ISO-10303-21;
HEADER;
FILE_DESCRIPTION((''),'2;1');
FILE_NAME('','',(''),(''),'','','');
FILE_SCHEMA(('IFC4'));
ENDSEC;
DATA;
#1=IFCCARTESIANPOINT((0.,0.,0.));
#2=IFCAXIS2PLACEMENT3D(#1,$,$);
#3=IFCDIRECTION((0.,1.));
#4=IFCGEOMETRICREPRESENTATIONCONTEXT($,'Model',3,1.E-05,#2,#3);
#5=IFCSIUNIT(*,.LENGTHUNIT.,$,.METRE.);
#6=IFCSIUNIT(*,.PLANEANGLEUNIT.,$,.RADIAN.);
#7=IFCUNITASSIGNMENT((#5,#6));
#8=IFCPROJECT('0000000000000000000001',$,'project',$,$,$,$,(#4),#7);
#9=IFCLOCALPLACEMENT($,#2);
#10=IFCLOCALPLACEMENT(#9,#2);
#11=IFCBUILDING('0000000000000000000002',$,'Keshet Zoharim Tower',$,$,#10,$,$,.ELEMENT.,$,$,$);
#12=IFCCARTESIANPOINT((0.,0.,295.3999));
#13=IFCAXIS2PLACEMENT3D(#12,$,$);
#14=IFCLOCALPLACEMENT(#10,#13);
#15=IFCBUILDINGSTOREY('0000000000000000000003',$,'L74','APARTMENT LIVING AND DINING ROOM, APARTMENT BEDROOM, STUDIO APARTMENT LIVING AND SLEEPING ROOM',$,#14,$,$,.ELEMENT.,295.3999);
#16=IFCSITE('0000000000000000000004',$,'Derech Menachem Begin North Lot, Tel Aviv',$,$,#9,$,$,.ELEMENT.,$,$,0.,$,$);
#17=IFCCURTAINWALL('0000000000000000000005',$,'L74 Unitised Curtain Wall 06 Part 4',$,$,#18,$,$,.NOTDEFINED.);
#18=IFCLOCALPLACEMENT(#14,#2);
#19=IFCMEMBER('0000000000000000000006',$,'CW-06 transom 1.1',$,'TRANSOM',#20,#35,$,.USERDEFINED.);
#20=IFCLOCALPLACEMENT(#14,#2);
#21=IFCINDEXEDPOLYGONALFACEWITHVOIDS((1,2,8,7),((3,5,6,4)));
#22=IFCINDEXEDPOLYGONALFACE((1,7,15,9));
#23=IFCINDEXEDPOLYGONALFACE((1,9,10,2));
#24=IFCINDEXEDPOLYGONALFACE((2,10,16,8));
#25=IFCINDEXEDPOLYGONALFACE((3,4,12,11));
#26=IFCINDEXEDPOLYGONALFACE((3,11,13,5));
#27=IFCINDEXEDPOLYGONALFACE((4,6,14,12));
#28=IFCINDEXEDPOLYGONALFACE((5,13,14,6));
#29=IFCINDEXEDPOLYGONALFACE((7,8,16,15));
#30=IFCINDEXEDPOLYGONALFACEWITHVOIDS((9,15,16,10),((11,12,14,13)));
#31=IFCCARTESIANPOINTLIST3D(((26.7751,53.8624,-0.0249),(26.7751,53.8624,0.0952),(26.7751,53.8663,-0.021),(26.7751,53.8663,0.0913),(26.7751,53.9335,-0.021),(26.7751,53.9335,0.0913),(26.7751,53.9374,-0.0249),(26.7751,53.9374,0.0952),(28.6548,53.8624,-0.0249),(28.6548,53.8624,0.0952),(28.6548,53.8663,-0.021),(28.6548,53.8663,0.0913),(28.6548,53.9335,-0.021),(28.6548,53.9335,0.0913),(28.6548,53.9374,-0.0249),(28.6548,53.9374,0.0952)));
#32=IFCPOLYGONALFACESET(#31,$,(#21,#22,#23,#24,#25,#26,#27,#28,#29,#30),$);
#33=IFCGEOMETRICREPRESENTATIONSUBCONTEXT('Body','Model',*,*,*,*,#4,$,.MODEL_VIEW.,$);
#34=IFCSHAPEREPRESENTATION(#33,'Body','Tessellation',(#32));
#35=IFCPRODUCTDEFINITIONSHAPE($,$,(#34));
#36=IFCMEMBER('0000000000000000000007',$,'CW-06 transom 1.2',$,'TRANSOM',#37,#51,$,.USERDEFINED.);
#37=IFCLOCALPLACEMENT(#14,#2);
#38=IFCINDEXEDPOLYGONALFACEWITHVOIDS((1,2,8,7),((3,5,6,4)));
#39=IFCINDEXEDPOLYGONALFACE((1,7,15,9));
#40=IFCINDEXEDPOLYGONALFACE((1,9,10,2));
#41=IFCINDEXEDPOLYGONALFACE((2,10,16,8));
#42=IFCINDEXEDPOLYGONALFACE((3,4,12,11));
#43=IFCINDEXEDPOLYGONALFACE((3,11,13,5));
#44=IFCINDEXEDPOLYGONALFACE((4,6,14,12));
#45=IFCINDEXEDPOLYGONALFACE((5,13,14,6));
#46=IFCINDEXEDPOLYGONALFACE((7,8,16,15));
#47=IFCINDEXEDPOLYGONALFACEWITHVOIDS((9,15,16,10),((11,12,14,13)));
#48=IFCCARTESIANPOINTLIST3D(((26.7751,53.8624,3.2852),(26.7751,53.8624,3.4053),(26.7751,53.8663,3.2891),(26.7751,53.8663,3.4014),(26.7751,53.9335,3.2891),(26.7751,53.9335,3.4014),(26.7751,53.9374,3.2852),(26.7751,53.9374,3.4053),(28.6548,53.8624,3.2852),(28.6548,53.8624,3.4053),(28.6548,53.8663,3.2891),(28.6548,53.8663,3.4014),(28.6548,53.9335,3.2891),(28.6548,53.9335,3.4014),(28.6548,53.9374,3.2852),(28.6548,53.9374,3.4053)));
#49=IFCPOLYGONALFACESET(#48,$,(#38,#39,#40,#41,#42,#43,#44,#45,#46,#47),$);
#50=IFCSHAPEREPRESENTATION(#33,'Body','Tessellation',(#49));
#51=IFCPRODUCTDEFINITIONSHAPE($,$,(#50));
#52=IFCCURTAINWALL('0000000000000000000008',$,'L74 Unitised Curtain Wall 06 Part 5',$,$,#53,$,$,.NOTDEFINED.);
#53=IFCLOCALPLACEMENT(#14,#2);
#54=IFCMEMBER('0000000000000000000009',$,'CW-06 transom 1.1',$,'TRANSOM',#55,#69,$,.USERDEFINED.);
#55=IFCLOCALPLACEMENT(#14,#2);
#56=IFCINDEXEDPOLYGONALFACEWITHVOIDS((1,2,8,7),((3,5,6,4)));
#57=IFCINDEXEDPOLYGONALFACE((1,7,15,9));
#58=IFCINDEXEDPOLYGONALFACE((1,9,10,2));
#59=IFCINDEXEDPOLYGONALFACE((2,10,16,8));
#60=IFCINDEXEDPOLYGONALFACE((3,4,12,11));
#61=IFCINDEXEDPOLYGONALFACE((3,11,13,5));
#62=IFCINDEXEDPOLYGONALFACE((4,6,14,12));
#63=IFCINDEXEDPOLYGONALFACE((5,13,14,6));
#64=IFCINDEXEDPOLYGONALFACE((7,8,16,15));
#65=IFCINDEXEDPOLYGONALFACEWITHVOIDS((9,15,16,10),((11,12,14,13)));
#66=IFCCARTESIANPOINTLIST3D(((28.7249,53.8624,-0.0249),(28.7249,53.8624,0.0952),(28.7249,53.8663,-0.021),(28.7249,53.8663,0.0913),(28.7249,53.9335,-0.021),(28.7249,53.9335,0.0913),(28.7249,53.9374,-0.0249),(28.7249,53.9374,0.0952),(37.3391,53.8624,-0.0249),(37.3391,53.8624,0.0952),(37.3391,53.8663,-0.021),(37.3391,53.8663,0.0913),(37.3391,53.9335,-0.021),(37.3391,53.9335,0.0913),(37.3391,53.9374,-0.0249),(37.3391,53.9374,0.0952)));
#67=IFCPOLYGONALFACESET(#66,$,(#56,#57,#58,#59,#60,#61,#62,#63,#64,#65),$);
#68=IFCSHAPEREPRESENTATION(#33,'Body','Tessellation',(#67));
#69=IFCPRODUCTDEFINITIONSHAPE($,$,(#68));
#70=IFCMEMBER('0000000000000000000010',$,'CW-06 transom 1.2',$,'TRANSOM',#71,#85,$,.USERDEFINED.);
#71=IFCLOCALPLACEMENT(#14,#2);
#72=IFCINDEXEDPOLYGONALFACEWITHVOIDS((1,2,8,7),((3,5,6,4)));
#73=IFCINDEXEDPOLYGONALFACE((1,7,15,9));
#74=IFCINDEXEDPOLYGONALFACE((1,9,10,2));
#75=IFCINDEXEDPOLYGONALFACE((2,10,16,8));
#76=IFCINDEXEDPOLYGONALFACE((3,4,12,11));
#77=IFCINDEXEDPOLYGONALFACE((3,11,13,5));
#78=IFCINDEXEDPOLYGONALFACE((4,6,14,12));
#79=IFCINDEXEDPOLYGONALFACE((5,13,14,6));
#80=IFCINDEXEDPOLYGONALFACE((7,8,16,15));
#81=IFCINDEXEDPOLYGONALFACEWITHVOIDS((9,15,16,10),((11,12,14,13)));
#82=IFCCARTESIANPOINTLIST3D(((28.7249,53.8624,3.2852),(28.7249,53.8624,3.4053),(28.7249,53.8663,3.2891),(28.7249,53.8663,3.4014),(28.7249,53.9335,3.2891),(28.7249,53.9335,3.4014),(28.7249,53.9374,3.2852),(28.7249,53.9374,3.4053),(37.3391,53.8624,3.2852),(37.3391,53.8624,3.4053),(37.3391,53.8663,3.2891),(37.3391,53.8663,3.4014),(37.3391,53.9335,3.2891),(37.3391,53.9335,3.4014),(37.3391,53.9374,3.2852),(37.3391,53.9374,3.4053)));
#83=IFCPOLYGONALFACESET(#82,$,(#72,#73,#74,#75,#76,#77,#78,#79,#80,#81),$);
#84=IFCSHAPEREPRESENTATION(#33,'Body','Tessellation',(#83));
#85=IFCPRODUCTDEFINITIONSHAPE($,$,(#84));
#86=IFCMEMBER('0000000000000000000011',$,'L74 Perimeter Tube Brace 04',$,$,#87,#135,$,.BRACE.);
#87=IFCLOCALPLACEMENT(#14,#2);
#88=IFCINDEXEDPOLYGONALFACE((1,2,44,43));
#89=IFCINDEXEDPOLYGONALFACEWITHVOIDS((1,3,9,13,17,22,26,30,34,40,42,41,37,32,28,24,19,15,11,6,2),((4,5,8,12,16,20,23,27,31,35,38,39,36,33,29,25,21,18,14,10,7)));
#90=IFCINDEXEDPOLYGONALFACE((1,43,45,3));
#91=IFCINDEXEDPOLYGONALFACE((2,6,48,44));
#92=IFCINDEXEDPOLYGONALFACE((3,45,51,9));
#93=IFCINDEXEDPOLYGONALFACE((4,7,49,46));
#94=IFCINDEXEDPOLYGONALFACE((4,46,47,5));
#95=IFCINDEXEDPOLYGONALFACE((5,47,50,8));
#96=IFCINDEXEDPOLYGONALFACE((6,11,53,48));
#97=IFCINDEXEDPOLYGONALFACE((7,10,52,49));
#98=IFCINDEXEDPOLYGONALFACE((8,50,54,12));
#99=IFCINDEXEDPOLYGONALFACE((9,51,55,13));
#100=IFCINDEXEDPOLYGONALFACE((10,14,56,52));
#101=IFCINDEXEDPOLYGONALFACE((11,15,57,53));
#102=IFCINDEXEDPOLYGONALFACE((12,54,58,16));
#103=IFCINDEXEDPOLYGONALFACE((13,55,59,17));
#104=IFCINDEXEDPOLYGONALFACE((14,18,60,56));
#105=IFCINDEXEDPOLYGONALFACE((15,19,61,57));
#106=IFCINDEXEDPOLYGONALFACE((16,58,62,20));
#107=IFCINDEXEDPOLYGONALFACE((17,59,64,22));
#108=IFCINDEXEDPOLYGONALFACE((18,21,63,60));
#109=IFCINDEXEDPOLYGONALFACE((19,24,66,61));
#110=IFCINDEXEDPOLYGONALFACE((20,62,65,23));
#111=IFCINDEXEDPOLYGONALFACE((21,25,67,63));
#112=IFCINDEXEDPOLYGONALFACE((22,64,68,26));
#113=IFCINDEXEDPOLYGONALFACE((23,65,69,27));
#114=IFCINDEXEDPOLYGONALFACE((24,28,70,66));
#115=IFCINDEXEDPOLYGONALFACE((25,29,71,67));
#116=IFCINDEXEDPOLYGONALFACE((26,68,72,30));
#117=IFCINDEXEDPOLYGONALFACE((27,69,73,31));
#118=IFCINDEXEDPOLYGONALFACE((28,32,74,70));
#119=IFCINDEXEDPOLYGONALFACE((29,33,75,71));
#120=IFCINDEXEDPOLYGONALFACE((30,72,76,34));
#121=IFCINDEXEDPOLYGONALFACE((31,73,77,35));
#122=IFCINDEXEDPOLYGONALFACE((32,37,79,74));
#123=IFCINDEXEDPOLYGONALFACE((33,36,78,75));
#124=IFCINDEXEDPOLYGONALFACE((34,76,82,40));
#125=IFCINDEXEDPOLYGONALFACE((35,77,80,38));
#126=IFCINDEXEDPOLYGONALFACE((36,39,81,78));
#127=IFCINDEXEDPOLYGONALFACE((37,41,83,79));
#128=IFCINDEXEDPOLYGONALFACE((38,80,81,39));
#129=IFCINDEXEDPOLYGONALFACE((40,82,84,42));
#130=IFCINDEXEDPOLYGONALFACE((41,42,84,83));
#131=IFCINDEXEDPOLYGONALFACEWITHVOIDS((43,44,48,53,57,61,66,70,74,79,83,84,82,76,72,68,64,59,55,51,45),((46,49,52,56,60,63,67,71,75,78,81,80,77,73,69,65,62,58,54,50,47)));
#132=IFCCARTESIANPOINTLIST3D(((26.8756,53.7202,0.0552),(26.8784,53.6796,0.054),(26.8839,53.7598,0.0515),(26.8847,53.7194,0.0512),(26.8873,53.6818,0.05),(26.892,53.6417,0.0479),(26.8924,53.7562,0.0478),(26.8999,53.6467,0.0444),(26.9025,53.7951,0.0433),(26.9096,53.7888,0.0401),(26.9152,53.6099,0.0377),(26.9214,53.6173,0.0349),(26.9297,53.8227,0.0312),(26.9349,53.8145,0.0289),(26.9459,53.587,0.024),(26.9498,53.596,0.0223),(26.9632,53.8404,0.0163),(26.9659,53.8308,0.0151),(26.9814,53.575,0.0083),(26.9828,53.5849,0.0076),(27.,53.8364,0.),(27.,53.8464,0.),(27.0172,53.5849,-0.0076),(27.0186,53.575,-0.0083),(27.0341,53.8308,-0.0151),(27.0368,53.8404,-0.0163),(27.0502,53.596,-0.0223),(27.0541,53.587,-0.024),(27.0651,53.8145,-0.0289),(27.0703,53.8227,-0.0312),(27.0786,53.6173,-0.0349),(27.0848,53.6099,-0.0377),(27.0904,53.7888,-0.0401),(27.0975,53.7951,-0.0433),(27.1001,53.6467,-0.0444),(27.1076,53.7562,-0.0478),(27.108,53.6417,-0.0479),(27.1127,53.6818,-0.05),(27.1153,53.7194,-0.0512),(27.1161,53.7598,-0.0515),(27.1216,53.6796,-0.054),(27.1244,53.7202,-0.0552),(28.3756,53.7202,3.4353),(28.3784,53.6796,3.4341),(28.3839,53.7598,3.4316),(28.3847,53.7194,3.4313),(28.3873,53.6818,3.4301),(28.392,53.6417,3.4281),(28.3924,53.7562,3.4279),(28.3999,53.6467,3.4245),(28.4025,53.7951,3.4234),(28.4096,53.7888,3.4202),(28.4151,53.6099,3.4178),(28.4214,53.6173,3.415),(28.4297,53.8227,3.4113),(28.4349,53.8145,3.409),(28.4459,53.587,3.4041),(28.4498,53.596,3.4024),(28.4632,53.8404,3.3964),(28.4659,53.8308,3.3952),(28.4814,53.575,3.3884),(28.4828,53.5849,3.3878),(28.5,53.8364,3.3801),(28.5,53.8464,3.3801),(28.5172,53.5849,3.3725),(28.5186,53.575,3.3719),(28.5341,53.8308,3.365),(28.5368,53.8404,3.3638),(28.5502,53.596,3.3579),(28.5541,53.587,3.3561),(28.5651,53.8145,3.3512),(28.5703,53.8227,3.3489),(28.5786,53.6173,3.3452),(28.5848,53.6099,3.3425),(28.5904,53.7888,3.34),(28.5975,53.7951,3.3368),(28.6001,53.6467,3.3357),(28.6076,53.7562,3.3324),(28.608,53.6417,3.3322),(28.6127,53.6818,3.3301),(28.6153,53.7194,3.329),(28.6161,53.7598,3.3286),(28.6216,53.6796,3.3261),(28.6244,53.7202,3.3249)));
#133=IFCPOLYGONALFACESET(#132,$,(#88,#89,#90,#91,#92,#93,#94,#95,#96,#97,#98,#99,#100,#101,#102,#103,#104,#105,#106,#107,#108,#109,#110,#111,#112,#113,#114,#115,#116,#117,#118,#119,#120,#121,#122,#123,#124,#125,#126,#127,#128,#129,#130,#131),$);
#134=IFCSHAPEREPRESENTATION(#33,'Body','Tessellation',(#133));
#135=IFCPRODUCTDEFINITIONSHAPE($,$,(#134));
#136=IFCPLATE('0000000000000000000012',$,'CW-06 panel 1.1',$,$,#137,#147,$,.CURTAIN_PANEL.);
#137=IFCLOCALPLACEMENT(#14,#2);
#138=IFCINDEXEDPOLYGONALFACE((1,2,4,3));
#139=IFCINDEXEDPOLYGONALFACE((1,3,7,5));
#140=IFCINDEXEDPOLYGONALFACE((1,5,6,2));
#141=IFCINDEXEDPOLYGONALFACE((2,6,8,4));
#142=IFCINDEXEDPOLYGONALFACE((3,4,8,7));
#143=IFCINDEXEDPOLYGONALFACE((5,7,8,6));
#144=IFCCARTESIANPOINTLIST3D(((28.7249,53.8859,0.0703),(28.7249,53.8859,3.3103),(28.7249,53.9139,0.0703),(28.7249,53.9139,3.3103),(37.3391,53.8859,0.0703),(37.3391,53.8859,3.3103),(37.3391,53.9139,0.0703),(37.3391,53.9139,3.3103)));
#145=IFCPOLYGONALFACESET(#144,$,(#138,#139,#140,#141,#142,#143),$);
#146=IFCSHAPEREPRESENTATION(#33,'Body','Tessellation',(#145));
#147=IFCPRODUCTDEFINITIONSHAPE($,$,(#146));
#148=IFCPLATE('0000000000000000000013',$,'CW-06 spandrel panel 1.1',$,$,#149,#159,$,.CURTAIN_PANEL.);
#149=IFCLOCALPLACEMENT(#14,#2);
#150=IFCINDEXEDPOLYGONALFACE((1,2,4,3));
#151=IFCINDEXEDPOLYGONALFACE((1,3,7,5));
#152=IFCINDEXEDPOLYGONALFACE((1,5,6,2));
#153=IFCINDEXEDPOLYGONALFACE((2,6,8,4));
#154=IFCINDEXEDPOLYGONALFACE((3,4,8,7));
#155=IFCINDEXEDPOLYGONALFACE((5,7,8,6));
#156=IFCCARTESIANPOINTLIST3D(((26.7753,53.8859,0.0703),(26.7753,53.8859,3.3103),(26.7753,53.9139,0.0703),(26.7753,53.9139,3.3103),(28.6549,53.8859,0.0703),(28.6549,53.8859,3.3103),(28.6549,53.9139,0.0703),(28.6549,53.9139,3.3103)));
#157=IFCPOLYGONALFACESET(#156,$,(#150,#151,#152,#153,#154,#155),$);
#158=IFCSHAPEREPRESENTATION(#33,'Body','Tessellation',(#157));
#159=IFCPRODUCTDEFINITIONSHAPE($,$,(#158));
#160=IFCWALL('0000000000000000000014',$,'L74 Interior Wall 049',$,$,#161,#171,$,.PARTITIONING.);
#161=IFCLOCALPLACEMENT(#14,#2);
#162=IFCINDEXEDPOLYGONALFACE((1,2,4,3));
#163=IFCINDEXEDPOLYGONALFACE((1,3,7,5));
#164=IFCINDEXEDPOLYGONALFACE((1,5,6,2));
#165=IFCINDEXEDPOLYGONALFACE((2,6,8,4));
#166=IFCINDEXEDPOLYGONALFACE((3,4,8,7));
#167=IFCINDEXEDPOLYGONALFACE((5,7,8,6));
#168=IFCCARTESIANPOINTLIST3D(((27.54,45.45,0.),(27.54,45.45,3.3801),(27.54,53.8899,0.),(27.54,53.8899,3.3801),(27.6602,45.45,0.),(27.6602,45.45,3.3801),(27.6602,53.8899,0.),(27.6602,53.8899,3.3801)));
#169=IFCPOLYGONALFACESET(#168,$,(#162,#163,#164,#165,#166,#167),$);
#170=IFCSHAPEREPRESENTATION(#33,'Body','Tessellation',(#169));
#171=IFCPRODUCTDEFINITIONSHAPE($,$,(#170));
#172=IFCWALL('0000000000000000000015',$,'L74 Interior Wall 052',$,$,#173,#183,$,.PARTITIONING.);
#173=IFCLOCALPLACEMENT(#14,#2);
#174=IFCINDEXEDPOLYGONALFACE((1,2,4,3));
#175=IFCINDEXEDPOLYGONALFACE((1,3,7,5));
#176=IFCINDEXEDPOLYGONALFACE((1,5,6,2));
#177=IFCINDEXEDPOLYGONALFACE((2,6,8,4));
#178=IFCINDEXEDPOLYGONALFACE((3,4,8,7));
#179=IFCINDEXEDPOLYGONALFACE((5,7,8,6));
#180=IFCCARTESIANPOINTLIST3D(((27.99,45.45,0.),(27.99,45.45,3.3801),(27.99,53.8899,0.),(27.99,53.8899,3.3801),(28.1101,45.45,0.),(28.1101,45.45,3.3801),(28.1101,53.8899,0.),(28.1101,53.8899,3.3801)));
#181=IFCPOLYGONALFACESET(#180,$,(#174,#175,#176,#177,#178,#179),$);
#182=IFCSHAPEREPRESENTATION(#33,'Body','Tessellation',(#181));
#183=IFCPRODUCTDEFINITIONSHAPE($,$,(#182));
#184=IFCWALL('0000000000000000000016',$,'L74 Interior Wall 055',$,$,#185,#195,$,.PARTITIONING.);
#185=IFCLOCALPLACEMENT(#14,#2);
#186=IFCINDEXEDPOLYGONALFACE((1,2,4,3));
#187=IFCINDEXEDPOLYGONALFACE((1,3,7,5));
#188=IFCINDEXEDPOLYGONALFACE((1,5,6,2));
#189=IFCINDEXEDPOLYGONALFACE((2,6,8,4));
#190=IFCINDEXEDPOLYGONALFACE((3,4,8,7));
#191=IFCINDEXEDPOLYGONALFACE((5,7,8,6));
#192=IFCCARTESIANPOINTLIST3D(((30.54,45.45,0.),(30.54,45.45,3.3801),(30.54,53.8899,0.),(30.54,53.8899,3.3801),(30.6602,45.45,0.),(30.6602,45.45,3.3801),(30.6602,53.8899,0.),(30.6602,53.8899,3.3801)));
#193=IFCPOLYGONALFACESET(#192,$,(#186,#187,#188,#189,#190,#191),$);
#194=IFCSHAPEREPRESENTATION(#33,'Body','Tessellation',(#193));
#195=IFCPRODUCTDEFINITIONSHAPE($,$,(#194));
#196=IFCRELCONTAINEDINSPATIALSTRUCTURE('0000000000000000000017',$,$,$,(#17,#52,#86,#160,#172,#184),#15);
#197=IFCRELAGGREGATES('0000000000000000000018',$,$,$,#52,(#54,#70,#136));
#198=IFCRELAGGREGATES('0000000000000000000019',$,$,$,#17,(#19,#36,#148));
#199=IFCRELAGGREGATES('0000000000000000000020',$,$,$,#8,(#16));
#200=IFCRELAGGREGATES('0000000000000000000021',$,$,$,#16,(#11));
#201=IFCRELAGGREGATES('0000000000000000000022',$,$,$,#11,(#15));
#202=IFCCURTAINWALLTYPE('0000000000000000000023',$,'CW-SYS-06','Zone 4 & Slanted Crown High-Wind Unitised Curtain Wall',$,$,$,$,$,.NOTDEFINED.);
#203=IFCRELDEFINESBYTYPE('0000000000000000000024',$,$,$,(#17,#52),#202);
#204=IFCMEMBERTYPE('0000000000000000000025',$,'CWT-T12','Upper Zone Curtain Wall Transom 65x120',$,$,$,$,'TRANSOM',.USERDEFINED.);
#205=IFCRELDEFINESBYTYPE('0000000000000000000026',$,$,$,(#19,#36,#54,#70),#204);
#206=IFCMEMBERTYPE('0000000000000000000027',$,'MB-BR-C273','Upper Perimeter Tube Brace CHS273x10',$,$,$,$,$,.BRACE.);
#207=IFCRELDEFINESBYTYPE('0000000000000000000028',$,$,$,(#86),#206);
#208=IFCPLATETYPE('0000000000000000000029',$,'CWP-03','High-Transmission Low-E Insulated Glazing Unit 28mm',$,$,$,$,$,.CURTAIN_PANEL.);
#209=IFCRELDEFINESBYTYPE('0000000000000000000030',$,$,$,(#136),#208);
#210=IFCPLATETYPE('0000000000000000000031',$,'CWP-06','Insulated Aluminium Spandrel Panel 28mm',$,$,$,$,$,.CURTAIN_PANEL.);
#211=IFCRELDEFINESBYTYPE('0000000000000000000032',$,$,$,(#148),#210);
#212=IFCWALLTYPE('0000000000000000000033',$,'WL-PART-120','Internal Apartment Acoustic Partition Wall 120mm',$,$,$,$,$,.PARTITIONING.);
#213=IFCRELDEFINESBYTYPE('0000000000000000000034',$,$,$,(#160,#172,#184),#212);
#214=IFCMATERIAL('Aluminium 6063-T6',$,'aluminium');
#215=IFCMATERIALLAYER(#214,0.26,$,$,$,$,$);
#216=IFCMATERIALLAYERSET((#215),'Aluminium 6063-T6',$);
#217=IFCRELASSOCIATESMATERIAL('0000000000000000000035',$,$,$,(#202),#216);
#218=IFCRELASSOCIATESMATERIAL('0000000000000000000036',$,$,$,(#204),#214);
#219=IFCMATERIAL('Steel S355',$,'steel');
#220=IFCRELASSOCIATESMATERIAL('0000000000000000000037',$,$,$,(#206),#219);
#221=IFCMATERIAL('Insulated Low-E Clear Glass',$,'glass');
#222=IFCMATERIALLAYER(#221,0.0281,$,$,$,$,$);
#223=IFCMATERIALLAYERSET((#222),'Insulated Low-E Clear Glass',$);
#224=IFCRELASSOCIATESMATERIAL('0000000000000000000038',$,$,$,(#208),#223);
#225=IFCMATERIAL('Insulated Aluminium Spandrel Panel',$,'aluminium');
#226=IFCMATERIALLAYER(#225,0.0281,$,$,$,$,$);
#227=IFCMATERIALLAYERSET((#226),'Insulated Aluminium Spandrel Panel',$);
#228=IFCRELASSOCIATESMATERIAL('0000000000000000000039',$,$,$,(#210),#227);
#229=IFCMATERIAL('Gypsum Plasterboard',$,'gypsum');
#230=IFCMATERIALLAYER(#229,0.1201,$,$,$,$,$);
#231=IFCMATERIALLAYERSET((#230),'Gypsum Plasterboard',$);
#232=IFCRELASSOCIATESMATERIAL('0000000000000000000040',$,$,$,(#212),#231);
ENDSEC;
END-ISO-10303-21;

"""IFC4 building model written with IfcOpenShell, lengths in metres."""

from ifc_helpers import new_model, si_unit, direction, frame, frame_2d, origin, origin_2d, place, context, subcontext, project, spatial, rectangle, hollow_rectangle, hollow_circle, extrude, material, layer, layer_set, material_profile, profile_set, type_object, element, aggregate, save


model = new_model("IFC4")

# Units and contexts
model_context = context("Model", 3, precision=1e-05, world=origin(), true_north=direction((0.0, 1.0)))
body_context = subcontext(model_context, "Body", "Model", "MODEL_VIEW")
ifc_project = project(units=[si_unit("LENGTHUNIT", "METRE"), si_unit("PLANEANGLEUNIT", "RADIAN")], contexts=[model_context])

# Site, building, storey
site_placement = place(None, origin())
site = spatial("IfcSite", under=ifc_project, at=site_placement, Name="Derech Menachem Begin North Lot, Tel Aviv", CompositionType="ELEMENT", RefElevation=0.0)
building_placement = place(site_placement, origin())
building = spatial("IfcBuilding", under=site, at=building_placement, Name="Keshet Zoharim Tower", CompositionType="ELEMENT")
storey_placement = place(building_placement, frame((0.0, 0.0, 295.3999)))
storey = spatial("IfcBuildingStorey", under=building, at=storey_placement, Name="L74", Description="APARTMENT LIVING AND DINING ROOM, APARTMENT BEDROOM, STUDIO APARTMENT LIVING AND SLEEPING ROOM", CompositionType="ELEMENT", Elevation=295.3999)

# Shared definitions
ifc_material_1 = material(Name="Steel S355", Category="steel")

# Shared definitions
ifc_material_2 = material(Name="Aluminium 6063-T6", Category="aluminium")
ifc_layer_1 = layer(ifc_material_2, 0.26)
ifc_layer_set_1 = layer_set([ifc_layer_1], Name="Aluminium 6063-T6")
curtain_wall_type = type_object("IfcCurtainWallType", Name="CW-SYS-06", Description="Zone 4 & Slanted Crown High-Wind Unitised Curtain Wall", PredefinedType="NOTDEFINED", material=ifc_layer_set_1)

# Curtain walls, members
curtain_wall_1_placement = place(storey_placement, origin())
curtain_wall_1 = element("IfcCurtainWall", 1, at=curtain_wall_1_placement, inside=storey, type_object=curtain_wall_type, Name="L74 Unitised Curtain Wall 06 Part 4", PredefinedType="NOTDEFINED")
ifc_material_profile_1 = material_profile(ifc_material_2, hollow_rectangle(XDim=0.075, YDim=0.1201, WallThickness=0.0039, at=origin_2d()), Name="TRN-75x120")
ifc_profile_set_1 = profile_set([ifc_material_profile_1], Name="Aluminium 6063-T6")
member_type_1 = type_object("IfcMemberType", Name="CWT-T12", Description="Upper Zone Curtain Wall Transom 65x120", ElementType="TRANSOM", PredefinedType="USERDEFINED", material=ifc_profile_set_1)
member_1_placement = place(storey_placement, frame((26.7751, 53.8999, 0.0352), z_axis=(1.0, 0.0, 0.0), x_axis=(0.0, 1.0, 0.0)))
member_1 = element("IfcMember", 2, at=member_1_placement, type_object=member_type_1, Name="CW-06 transom 1.1", ObjectType="TRANSOM", PredefinedType="USERDEFINED", context=body_context, shape_type="SweptSolid", body=[
    extrude(hollow_rectangle(XDim=0.075, YDim=0.1201, WallThickness=0.0039, at=origin_2d()), origin(), (0.0, 0.0, 1.0), 1.8796),
])
member_2_placement = place(storey_placement, frame((26.7751, 53.8999, 3.3452), z_axis=(1.0, 0.0, 0.0), x_axis=(0.0, 1.0, 0.0)))
member_2 = element("IfcMember", 3, at=member_2_placement, type_object=member_type_1, Name="CW-06 transom 1.2", ObjectType="TRANSOM", PredefinedType="USERDEFINED", context=body_context, shape_type="SweptSolid", body=[
    extrude(hollow_rectangle(XDim=0.075, YDim=0.1201, WallThickness=0.0039, at=origin_2d()), origin(), (0.0, 0.0, 1.0), 1.8796),
])
curtain_wall_2_placement = place(storey_placement, origin())
curtain_wall_2 = element("IfcCurtainWall", 4, at=curtain_wall_2_placement, inside=storey, type_object=curtain_wall_type, Name="L74 Unitised Curtain Wall 06 Part 5", PredefinedType="NOTDEFINED")
member_3_placement = place(storey_placement, frame((28.7249, 53.8999, 0.0352), z_axis=(1.0, 0.0, 0.0), x_axis=(0.0, 1.0, 0.0)))
member_3 = element("IfcMember", 5, at=member_3_placement, type_object=member_type_1, Name="CW-06 transom 1.1", ObjectType="TRANSOM", PredefinedType="USERDEFINED", context=body_context, shape_type="SweptSolid", body=[
    extrude(hollow_rectangle(XDim=0.075, YDim=0.1201, WallThickness=0.0039, at=origin_2d()), origin(), (0.0, 0.0, 1.0), 8.6143),
])
member_4_placement = place(storey_placement, frame((28.7249, 53.8999, 3.3452), z_axis=(1.0, 0.0, 0.0), x_axis=(0.0, 1.0, 0.0)))
member_4 = element("IfcMember", 6, at=member_4_placement, type_object=member_type_1, Name="CW-06 transom 1.2", ObjectType="TRANSOM", PredefinedType="USERDEFINED", context=body_context, shape_type="SweptSolid", body=[
    extrude(hollow_rectangle(XDim=0.075, YDim=0.1201, WallThickness=0.0039, at=origin_2d()), origin(), (0.0, 0.0, 1.0), 8.6143),
])

# Member
ifc_material_profile_2 = material_profile(ifc_material_1, hollow_circle(Radius=0.1365, WallThickness=0.01, at=origin_2d()), Name="CHS273x10")
ifc_profile_set_2 = profile_set([ifc_material_profile_2], Name="Steel S355")
member_type_2 = type_object("IfcMemberType", Name="MB-BR-C273", Description="Upper Perimeter Tube Brace CHS273x10", PredefinedType="BRACE", material=ifc_profile_set_2)
member_5_placement = place(storey_placement, frame((27.0, 53.71, 0.0), z_axis=(0.405624, 0.0, 0.91404), x_axis=(0.0, 1.0, 0.0)))
element("IfcMember", 7, at=member_5_placement, inside=storey, type_object=member_type_2, Name="L74 Perimeter Tube Brace 04", PredefinedType="BRACE", context=body_context, shape_type="SweptSolid", body=[
    extrude(hollow_circle(Radius=0.1365, WallThickness=0.01, at=origin_2d()), origin(), (0.0, 0.0, 1.0), 3.698),
])

# Plates
ifc_material_3 = material(Name="Insulated Low-E Clear Glass", Category="glass")
ifc_layer_2 = layer(ifc_material_3, 0.0281)
ifc_layer_set_2 = layer_set([ifc_layer_2], Name="Insulated Low-E Clear Glass")
plate_type_1 = type_object("IfcPlateType", Name="CWP-03", Description="High-Transmission Low-E Insulated Glazing Unit 28mm", PredefinedType="CURTAIN_PANEL", material=ifc_layer_set_2)
plate_1_placement = place(storey_placement, frame((33.032, 53.8999, 0.0703), z_axis=(0.0, 0.0, 1.0), x_axis=(1.0, 0.0, 0.0)))
plate_1 = element("IfcPlate", 8, at=plate_1_placement, type_object=plate_type_1, Name="CW-06 panel 1.1", PredefinedType="CURTAIN_PANEL", context=body_context, shape_type="SweptSolid", body=[
    extrude(rectangle(XDim=8.6143, YDim=0.0281, at=origin_2d()), origin(), (0.0, 0.0, 1.0), 3.24),
])
aggregate(curtain_wall_2, [member_3, member_4, plate_1])
ifc_material_4 = material(Name="Insulated Aluminium Spandrel Panel", Category="aluminium")
ifc_layer_3 = layer(ifc_material_4, 0.0281)
ifc_layer_set_3 = layer_set([ifc_layer_3], Name="Insulated Aluminium Spandrel Panel")
plate_type_2 = type_object("IfcPlateType", Name="CWP-06", Description="Insulated Aluminium Spandrel Panel 28mm", PredefinedType="CURTAIN_PANEL", material=ifc_layer_set_3)
plate_2_placement = place(storey_placement, frame((27.7151, 53.8999, 0.0703), z_axis=(0.0, 0.0, 1.0), x_axis=(1.0, 0.0, 0.0)))
plate_2 = element("IfcPlate", 9, at=plate_2_placement, type_object=plate_type_2, Name="CW-06 spandrel panel 1.1", PredefinedType="CURTAIN_PANEL", context=body_context, shape_type="SweptSolid", body=[
    extrude(rectangle(XDim=1.8796, YDim=0.0281, at=origin_2d()), origin(), (0.0, 0.0, 1.0), 3.24),
])
aggregate(curtain_wall_1, [member_1, member_2, plate_2])

# Walls
ifc_material_5 = material(Name="Gypsum Plasterboard", Category="gypsum")
ifc_layer_4 = layer(ifc_material_5, 0.1201)
ifc_layer_set_4 = layer_set([ifc_layer_4], Name="Gypsum Plasterboard")
wall_type_1 = type_object("IfcWallType", Name="WL-PART-120", Description="Internal Apartment Acoustic Partition Wall 120mm", PredefinedType="PARTITIONING", material=ifc_layer_set_4)
for number, where, z_axis, x_axis, name in (
    (10, (27.6001, 45.45, 0.0), (0.0, 0.0, 1.0), (0.0, 1.0, 0.0), "L74 Interior Wall 049"),
    (11, (28.05, 45.45, 0.0), (0.0, 0.0, 1.0), (0.0, 1.0, 0.0), "L74 Interior Wall 052"),
    (12, (30.6001, 45.45, 0.0), (0.0, 0.0, 1.0), (0.0, 1.0, 0.0), "L74 Interior Wall 055"),
):
    element("IfcWall", number, at=place(storey_placement, frame(where, z_axis=z_axis, x_axis=x_axis)), inside=storey, type_object=wall_type_1, Name=name, PredefinedType="PARTITIONING", context=body_context, shape_type="SweptSolid", body=[
        extrude(rectangle(XDim=8.4399, YDim=0.1201, at=frame_2d((4.22, 0.0))), origin(), (0.0, 0.0, 1.0), 3.3801),
    ])

save(model, "model.ifc")
